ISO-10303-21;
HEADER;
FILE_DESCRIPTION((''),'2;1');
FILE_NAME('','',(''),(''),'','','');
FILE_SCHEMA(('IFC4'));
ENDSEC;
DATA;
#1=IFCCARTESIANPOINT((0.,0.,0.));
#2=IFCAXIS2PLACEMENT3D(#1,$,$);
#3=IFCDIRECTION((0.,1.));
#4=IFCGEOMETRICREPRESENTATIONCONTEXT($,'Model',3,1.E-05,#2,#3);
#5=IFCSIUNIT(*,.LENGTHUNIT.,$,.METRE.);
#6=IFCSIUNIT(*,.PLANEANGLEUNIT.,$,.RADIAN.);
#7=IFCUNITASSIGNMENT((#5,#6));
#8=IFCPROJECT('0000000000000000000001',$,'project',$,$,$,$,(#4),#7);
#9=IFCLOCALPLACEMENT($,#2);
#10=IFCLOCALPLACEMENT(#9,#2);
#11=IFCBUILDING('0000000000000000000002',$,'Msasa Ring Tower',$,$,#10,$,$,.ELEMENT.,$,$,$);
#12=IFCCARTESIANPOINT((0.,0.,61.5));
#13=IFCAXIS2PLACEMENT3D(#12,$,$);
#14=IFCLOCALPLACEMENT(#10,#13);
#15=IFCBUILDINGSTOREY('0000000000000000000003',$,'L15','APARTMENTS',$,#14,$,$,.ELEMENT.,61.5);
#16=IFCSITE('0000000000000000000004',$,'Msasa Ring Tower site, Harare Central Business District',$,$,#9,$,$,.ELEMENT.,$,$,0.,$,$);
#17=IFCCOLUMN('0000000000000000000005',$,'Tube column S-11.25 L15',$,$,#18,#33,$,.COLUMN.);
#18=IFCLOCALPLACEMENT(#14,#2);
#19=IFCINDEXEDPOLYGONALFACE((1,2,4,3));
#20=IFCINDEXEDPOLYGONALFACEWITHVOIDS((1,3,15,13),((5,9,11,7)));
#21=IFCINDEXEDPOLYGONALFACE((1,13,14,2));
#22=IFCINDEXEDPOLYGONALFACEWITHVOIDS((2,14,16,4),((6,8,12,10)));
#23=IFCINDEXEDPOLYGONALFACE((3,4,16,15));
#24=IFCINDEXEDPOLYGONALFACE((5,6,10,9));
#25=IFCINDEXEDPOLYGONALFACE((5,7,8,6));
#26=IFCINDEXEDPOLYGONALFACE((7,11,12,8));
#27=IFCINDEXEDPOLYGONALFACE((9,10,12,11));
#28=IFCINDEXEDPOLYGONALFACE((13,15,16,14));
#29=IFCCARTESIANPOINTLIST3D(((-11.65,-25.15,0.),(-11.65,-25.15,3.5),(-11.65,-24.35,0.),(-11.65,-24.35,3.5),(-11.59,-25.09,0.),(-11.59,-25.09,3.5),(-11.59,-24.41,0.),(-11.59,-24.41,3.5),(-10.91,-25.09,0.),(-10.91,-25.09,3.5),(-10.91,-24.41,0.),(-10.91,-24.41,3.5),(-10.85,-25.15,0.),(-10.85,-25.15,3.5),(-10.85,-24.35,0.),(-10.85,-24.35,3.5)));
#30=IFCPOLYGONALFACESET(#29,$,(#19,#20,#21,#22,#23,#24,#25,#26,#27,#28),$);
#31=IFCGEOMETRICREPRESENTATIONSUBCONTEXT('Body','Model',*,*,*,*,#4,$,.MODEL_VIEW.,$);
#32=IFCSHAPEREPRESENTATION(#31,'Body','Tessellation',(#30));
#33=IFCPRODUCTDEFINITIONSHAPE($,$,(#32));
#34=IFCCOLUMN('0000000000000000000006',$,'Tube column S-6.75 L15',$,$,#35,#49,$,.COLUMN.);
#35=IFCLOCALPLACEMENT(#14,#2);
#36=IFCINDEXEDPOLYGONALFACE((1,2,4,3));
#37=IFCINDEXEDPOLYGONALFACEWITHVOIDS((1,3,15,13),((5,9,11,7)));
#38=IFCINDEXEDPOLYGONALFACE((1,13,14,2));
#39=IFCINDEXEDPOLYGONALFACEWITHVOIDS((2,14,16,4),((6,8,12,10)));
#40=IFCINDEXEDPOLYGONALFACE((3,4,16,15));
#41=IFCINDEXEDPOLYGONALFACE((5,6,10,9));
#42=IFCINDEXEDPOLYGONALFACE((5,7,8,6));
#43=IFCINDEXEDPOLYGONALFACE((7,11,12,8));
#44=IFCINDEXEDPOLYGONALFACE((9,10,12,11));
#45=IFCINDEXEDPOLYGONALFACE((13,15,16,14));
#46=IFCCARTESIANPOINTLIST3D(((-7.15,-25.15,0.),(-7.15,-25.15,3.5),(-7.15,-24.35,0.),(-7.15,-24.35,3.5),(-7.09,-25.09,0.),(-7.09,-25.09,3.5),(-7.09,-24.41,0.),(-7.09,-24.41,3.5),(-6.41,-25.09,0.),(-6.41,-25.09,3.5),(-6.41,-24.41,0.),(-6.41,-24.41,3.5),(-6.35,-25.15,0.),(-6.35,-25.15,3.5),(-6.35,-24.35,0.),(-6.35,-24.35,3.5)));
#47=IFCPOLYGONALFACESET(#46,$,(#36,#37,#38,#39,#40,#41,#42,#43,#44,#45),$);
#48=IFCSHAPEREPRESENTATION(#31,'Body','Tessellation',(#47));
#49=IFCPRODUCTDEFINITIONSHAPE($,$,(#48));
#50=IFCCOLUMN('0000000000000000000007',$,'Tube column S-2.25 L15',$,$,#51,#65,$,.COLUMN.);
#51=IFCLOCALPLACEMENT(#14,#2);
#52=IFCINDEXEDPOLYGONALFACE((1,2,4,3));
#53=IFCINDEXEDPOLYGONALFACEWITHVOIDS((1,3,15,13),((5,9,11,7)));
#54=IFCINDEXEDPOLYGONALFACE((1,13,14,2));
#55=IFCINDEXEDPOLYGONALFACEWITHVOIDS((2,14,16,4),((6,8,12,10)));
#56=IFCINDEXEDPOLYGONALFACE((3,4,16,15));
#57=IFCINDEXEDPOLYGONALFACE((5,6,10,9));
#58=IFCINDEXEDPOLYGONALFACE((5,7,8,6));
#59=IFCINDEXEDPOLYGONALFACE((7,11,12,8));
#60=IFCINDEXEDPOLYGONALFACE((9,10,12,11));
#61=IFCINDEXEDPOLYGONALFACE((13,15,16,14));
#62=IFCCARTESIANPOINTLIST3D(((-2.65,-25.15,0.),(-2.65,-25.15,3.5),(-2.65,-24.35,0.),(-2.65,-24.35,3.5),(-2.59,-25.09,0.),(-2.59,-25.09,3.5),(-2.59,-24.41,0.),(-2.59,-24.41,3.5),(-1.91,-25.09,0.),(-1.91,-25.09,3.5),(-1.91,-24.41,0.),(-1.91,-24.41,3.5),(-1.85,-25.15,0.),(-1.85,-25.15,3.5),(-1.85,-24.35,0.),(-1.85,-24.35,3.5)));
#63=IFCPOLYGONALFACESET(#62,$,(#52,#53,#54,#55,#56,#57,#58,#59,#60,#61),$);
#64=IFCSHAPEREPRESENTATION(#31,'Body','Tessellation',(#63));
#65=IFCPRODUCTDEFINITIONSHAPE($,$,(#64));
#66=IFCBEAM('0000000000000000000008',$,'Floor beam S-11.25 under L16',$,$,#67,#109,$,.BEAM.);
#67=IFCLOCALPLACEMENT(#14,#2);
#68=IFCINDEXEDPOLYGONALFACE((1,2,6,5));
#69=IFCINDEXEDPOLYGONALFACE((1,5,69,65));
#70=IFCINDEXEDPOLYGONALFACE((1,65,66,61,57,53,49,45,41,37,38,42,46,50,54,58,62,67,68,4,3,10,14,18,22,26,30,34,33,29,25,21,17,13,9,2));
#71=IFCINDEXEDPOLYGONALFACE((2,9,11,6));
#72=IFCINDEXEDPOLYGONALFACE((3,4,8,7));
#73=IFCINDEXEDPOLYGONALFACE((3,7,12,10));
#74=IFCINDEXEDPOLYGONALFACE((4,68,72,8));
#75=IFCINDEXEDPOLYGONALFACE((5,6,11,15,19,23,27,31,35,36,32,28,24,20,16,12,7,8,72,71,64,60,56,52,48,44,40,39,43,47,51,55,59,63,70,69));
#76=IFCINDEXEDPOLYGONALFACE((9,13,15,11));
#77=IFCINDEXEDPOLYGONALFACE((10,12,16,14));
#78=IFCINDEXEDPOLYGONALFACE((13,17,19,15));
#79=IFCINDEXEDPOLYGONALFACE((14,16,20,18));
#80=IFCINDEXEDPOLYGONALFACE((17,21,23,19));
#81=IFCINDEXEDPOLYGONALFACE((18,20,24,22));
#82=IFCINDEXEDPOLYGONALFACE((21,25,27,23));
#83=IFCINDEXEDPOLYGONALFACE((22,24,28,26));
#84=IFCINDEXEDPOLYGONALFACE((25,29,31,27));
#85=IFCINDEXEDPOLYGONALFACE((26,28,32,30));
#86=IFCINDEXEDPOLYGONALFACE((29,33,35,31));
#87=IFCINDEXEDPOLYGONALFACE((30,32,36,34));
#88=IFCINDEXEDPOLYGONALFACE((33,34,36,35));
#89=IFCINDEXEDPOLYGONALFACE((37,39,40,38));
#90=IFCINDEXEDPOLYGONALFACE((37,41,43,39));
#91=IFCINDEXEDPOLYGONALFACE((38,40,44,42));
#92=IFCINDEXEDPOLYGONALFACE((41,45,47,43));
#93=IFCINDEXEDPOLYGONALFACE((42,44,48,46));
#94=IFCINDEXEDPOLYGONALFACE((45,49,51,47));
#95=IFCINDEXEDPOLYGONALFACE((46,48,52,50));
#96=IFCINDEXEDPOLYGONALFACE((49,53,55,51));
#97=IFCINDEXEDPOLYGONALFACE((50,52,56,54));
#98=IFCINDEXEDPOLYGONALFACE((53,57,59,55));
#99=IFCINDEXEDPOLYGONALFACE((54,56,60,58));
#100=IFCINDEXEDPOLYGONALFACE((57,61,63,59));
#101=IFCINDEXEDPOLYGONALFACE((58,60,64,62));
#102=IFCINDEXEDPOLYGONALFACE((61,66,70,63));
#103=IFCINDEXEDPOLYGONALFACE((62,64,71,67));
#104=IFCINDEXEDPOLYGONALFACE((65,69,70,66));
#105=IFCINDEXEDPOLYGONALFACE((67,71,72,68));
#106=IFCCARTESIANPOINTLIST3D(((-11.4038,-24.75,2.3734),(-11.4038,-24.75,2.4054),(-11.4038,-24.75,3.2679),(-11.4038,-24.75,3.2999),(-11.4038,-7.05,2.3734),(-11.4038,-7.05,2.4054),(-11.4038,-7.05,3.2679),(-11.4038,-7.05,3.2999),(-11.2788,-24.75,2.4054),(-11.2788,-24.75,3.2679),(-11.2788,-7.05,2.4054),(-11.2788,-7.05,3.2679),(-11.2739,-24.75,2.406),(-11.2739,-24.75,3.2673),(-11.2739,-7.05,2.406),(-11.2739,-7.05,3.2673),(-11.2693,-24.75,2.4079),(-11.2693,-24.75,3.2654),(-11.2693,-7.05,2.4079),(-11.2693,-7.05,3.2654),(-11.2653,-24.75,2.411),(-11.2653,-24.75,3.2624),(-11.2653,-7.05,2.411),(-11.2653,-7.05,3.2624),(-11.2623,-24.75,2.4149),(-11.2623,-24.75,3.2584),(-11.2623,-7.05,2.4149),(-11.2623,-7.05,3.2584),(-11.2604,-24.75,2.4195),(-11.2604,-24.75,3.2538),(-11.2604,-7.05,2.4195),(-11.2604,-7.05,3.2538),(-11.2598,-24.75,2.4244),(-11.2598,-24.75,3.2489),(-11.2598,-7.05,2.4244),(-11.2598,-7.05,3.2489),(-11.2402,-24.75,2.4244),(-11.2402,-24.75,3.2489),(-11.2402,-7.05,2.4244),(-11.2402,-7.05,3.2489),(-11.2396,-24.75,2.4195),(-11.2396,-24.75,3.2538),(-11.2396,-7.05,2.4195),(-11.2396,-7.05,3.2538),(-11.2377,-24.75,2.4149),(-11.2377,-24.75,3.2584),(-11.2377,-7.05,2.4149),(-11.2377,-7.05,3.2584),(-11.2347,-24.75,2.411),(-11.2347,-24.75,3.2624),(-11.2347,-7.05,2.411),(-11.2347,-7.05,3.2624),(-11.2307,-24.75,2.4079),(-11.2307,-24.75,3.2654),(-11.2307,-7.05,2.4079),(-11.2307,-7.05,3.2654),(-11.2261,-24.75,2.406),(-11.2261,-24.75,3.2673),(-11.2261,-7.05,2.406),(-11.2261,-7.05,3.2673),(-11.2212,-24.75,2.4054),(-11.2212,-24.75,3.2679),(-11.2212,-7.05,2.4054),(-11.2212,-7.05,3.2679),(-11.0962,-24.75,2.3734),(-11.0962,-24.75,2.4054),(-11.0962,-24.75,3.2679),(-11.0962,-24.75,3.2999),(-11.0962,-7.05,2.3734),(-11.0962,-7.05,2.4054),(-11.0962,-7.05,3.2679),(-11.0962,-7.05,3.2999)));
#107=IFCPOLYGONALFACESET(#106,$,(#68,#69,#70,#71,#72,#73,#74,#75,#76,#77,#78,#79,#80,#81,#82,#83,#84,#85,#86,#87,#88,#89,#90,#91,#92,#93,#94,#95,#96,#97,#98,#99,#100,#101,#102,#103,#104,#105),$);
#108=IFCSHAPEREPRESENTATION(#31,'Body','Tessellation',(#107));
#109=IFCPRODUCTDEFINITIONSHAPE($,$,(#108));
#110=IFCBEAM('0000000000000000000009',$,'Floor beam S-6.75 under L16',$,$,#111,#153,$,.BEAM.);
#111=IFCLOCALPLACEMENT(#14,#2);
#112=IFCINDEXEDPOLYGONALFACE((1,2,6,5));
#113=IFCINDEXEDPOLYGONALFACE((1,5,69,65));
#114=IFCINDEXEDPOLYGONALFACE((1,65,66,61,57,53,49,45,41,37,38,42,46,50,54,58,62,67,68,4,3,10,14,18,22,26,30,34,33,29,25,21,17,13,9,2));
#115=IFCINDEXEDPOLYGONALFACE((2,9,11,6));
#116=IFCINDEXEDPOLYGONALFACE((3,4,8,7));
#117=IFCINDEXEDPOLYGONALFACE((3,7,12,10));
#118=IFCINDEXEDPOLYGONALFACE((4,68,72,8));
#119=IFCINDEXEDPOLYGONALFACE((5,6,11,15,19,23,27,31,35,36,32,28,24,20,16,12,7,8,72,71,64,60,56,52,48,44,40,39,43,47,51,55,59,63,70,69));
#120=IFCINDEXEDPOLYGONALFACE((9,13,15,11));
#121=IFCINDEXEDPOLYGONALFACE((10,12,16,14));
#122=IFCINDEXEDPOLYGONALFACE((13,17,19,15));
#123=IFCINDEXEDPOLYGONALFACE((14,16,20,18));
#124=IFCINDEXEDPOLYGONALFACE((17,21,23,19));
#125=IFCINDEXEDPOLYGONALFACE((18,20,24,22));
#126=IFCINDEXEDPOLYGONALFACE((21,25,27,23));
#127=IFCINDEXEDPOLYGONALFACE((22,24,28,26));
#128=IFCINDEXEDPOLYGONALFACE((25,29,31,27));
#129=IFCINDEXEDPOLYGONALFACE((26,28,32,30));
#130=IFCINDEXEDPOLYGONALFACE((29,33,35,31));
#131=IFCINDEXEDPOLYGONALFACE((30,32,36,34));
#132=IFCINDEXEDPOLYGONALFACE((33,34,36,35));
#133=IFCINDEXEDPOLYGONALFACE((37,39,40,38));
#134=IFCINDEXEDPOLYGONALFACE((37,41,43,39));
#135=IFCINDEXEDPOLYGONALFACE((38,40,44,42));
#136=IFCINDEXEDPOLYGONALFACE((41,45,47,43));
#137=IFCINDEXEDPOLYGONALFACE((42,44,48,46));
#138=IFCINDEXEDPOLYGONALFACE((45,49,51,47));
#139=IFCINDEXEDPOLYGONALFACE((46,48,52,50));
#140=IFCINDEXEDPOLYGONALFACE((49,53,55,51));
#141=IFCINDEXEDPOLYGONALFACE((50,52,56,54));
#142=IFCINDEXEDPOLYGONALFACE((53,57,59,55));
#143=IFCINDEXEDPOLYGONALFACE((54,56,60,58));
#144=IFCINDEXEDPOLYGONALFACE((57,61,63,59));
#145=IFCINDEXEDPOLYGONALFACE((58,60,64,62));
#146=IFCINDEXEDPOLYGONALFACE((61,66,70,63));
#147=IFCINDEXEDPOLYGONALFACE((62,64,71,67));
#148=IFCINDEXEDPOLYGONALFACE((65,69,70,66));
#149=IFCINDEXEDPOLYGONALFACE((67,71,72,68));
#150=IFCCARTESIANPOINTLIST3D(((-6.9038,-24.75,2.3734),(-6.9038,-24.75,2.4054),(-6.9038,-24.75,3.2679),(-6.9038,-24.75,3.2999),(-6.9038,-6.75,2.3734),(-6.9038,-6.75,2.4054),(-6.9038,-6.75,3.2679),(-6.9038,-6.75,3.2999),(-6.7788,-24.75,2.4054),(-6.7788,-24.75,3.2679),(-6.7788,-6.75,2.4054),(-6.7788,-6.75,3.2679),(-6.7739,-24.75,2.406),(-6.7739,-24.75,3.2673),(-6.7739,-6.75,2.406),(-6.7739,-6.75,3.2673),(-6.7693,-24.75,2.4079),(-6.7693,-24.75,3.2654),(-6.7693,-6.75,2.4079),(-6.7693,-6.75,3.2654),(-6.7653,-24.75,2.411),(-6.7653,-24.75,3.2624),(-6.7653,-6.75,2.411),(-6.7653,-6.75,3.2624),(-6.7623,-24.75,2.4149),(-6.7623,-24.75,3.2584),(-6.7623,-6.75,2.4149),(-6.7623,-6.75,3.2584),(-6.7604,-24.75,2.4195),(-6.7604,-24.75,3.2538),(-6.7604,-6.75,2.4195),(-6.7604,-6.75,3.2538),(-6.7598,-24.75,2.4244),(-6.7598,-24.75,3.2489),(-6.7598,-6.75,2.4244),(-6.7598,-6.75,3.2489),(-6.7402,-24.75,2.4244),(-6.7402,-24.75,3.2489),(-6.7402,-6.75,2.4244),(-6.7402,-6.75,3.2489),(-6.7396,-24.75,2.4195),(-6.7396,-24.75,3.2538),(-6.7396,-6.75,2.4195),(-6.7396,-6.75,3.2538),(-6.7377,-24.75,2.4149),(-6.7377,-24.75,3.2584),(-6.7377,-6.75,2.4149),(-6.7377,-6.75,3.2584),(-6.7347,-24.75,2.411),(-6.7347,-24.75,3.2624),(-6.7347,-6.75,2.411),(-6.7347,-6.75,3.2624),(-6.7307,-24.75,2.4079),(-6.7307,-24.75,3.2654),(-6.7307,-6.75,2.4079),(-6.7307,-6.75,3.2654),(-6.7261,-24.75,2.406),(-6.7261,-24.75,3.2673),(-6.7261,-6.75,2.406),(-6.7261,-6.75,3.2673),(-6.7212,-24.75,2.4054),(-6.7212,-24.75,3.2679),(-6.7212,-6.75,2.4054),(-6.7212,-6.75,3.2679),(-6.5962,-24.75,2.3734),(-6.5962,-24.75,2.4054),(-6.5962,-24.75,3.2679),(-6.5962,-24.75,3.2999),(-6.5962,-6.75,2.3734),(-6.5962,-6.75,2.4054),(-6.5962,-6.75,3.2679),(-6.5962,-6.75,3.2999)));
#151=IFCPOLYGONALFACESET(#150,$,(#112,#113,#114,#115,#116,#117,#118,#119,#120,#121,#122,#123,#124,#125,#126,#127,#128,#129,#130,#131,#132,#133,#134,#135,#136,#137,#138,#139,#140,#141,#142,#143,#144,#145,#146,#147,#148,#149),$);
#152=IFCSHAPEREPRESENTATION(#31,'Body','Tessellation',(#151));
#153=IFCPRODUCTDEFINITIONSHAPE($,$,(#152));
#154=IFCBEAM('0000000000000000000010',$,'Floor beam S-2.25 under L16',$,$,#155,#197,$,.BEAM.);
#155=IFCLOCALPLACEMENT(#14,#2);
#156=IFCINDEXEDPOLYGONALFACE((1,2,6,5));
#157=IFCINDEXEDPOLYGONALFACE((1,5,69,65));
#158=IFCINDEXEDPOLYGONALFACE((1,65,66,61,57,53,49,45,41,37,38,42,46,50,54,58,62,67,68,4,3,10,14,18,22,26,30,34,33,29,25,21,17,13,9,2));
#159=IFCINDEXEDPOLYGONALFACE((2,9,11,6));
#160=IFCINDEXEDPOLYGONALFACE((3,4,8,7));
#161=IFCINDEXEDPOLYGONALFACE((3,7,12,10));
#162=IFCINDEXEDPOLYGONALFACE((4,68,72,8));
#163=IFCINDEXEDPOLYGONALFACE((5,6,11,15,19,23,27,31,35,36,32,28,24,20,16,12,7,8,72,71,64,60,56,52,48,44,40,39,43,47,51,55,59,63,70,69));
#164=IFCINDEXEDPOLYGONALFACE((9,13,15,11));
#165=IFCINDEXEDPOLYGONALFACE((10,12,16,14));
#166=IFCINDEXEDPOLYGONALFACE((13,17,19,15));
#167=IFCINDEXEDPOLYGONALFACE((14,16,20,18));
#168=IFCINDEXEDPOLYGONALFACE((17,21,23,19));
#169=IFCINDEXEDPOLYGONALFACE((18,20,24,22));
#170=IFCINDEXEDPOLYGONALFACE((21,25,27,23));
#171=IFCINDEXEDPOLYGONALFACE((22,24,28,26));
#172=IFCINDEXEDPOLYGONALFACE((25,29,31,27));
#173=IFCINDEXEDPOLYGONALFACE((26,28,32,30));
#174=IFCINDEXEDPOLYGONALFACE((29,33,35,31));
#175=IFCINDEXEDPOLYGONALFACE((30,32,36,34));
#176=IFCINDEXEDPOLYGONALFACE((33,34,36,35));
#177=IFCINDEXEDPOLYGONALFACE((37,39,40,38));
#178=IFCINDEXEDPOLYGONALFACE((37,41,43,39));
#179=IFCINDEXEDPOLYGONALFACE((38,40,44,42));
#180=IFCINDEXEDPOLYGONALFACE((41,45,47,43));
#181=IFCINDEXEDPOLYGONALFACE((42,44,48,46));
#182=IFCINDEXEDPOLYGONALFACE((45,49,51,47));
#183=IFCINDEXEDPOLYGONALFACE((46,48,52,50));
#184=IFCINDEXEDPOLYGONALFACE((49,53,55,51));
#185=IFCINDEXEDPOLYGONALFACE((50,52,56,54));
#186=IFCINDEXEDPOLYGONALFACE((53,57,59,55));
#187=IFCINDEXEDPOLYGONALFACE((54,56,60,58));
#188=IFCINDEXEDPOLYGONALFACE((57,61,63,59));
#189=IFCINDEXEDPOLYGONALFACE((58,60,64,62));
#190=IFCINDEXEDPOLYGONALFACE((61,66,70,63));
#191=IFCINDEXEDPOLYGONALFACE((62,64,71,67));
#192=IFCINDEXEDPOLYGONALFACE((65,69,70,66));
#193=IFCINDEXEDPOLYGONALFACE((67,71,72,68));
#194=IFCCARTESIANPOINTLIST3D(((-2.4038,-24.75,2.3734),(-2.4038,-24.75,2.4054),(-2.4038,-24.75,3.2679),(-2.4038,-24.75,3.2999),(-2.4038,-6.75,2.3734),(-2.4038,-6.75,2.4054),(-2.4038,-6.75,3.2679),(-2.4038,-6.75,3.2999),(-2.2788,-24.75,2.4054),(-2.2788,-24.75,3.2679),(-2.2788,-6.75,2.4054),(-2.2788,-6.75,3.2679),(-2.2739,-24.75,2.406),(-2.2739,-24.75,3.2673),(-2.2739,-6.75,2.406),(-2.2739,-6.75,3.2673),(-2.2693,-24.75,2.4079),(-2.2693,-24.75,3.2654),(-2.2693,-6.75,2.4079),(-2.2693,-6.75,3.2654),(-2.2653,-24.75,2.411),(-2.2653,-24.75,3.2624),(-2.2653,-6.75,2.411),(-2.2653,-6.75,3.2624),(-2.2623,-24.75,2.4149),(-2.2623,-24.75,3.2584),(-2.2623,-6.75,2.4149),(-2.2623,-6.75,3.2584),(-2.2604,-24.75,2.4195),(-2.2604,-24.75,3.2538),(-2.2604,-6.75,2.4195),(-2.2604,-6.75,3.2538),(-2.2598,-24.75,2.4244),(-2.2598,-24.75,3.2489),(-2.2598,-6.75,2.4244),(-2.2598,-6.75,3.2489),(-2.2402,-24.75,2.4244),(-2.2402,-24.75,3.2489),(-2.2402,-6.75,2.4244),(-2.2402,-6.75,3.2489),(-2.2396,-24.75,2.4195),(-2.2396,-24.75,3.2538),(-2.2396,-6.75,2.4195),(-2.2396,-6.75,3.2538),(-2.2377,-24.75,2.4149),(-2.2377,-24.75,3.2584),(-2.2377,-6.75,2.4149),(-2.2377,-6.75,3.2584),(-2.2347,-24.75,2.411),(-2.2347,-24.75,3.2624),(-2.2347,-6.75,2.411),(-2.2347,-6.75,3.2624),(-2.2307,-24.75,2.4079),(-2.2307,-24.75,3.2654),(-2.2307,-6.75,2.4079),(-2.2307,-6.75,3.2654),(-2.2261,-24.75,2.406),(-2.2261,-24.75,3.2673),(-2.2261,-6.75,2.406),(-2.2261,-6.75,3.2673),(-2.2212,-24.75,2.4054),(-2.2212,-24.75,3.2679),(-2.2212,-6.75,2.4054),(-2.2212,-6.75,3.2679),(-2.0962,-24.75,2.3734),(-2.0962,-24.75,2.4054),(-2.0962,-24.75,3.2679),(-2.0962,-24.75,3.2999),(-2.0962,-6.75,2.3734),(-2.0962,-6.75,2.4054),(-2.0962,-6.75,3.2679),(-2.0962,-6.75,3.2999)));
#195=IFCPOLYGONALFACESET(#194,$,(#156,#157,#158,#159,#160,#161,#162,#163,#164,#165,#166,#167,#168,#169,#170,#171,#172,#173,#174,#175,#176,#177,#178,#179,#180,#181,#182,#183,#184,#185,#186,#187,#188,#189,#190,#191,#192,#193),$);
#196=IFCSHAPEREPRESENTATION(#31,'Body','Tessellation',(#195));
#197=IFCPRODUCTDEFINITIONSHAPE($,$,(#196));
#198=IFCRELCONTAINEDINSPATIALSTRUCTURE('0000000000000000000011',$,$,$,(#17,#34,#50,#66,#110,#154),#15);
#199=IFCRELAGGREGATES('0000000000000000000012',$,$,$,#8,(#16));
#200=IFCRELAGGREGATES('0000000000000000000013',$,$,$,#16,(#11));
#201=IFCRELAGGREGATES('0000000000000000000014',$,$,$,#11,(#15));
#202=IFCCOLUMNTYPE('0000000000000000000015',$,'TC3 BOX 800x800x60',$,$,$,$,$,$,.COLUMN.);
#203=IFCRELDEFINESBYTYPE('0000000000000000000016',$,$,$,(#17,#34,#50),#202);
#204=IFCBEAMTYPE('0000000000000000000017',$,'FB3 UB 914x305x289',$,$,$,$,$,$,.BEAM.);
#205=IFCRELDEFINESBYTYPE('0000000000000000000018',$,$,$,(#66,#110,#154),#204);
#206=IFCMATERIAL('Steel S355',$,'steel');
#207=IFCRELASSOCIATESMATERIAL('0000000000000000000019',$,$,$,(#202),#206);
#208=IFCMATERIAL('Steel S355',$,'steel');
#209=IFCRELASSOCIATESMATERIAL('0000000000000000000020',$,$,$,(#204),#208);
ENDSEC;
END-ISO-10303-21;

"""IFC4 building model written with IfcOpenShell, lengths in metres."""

from ifc_helpers import new_model, si_unit, direction, frame, origin, origin_2d, place, context, subcontext, project, spatial, hollow_rectangle, i_section, extrude, material, material_profile, profile_set, type_object, element, save


model = new_model("IFC4")

# Units and contexts
model_context = context("Model", 3, precision=1e-05, world=origin(), true_north=direction((0.0, 1.0)))
body_context = subcontext(model_context, "Body", "Model", "MODEL_VIEW")
ifc_project = project(units=[si_unit("LENGTHUNIT", "METRE"), si_unit("PLANEANGLEUNIT", "RADIAN")], contexts=[model_context])

# Site, building, storey
site_placement = place(None, origin())
site = spatial("IfcSite", under=ifc_project, at=site_placement, Name="Msasa Ring Tower site, Harare Central Business District", CompositionType="ELEMENT", RefElevation=0.0)
building_placement = place(site_placement, origin())
building = spatial("IfcBuilding", under=site, at=building_placement, Name="Msasa Ring Tower", CompositionType="ELEMENT")
storey_placement = place(building_placement, frame((0.0, 0.0, 61.5)))
storey = spatial("IfcBuildingStorey", under=building, at=storey_placement, Name="L15", Description="APARTMENTS", CompositionType="ELEMENT", Elevation=61.5)

# Columns
ifc_material_1 = material(Name="Steel S355", Category="steel")
ifc_material_profile_1 = material_profile(ifc_material_1, hollow_rectangle(XDim=0.8, YDim=0.8, WallThickness=0.0601, at=origin_2d()), Name="BOX 800x800x60")
ifc_profile_set_1 = profile_set([ifc_material_profile_1], Name="Steel S355")
column_type = type_object("IfcColumnType", Name="TC3 BOX 800x800x60", PredefinedType="COLUMN", material=ifc_profile_set_1)
for number, where, z_axis, x_axis, name in (
    (1, (-11.25, -24.75, 0.0), (0.0, 0.0, 1.0), (0.0, 1.0, 0.0), "Tube column S-11.25 L15"),
    (2, (-6.75, -24.75, 0.0), (0.0, 0.0, 1.0), (0.0, 1.0, 0.0), "Tube column S-6.75 L15"),
    (3, (-2.25, -24.75, 0.0), (0.0, 0.0, 1.0), (0.0, 1.0, 0.0), "Tube column S-2.25 L15"),
):
    element("IfcColumn", number, at=place(storey_placement, frame(where, z_axis=z_axis, x_axis=x_axis)), inside=storey, type_object=column_type, Name=name, PredefinedType="COLUMN", context=body_context, shape_type="SweptSolid", body=[
        extrude(hollow_rectangle(XDim=0.8, YDim=0.8, WallThickness=0.0601, at=origin_2d()), origin(), (0.0, 0.0, 1.0), 3.5),
    ])

# Beams
ifc_material_2 = material(Name="Steel S355", Category="steel")
ifc_material_profile_2 = material_profile(ifc_material_2, i_section(OverallWidth=0.3076, OverallDepth=0.9265, WebThickness=0.0195, FlangeThickness=0.032, FilletRadius=0.019, at=origin_2d()), Name="UB 914x305x289")
ifc_profile_set_2 = profile_set([ifc_material_profile_2], Name="Steel S355")
beam_type_1 = type_object("IfcBeamType", Name="FB3 UB 914x305x289", PredefinedType="BEAM", material=ifc_profile_set_2)
beam_placement = place(storey_placement, frame((-11.25, -24.75, 2.8367), z_axis=(0.0, 1.0, 0.0), x_axis=(-1.0, 0.0, 0.0)))
element("IfcBeam", 4, at=beam_placement, inside=storey, type_object=beam_type_1, Name="Floor beam S-11.25 under L16", PredefinedType="BEAM", context=body_context, shape_type="SweptSolid", body=[
    extrude(i_section(OverallWidth=0.3076, OverallDepth=0.9265, WebThickness=0.0195, FlangeThickness=0.032, FilletRadius=0.019, at=origin_2d()), origin(), (0.0, 0.0, 1.0), 17.7),
])
for number, where, z_axis, x_axis, name in (
    (5, (-6.75, -24.75, 2.8367), (0.0, 1.0, 0.0), (-1.0, 0.0, 0.0), "Floor beam S-6.75 under L16"),
    (6, (-2.25, -24.75, 2.8367), (0.0, 1.0, 0.0), (-1.0, 0.0, 0.0), "Floor beam S-2.25 under L16"),
):
    element("IfcBeam", number, at=place(storey_placement, frame(where, z_axis=z_axis, x_axis=x_axis)), inside=storey, type_object=beam_type_1, Name=name, PredefinedType="BEAM", context=body_context, shape_type="SweptSolid", body=[
        extrude(i_section(OverallWidth=0.3076, OverallDepth=0.9265, WebThickness=0.0195, FlangeThickness=0.032, FilletRadius=0.019, at=origin_2d()), origin(), (0.0, 0.0, 1.0), 18.0),
    ])

save(model, "model.ifc")
